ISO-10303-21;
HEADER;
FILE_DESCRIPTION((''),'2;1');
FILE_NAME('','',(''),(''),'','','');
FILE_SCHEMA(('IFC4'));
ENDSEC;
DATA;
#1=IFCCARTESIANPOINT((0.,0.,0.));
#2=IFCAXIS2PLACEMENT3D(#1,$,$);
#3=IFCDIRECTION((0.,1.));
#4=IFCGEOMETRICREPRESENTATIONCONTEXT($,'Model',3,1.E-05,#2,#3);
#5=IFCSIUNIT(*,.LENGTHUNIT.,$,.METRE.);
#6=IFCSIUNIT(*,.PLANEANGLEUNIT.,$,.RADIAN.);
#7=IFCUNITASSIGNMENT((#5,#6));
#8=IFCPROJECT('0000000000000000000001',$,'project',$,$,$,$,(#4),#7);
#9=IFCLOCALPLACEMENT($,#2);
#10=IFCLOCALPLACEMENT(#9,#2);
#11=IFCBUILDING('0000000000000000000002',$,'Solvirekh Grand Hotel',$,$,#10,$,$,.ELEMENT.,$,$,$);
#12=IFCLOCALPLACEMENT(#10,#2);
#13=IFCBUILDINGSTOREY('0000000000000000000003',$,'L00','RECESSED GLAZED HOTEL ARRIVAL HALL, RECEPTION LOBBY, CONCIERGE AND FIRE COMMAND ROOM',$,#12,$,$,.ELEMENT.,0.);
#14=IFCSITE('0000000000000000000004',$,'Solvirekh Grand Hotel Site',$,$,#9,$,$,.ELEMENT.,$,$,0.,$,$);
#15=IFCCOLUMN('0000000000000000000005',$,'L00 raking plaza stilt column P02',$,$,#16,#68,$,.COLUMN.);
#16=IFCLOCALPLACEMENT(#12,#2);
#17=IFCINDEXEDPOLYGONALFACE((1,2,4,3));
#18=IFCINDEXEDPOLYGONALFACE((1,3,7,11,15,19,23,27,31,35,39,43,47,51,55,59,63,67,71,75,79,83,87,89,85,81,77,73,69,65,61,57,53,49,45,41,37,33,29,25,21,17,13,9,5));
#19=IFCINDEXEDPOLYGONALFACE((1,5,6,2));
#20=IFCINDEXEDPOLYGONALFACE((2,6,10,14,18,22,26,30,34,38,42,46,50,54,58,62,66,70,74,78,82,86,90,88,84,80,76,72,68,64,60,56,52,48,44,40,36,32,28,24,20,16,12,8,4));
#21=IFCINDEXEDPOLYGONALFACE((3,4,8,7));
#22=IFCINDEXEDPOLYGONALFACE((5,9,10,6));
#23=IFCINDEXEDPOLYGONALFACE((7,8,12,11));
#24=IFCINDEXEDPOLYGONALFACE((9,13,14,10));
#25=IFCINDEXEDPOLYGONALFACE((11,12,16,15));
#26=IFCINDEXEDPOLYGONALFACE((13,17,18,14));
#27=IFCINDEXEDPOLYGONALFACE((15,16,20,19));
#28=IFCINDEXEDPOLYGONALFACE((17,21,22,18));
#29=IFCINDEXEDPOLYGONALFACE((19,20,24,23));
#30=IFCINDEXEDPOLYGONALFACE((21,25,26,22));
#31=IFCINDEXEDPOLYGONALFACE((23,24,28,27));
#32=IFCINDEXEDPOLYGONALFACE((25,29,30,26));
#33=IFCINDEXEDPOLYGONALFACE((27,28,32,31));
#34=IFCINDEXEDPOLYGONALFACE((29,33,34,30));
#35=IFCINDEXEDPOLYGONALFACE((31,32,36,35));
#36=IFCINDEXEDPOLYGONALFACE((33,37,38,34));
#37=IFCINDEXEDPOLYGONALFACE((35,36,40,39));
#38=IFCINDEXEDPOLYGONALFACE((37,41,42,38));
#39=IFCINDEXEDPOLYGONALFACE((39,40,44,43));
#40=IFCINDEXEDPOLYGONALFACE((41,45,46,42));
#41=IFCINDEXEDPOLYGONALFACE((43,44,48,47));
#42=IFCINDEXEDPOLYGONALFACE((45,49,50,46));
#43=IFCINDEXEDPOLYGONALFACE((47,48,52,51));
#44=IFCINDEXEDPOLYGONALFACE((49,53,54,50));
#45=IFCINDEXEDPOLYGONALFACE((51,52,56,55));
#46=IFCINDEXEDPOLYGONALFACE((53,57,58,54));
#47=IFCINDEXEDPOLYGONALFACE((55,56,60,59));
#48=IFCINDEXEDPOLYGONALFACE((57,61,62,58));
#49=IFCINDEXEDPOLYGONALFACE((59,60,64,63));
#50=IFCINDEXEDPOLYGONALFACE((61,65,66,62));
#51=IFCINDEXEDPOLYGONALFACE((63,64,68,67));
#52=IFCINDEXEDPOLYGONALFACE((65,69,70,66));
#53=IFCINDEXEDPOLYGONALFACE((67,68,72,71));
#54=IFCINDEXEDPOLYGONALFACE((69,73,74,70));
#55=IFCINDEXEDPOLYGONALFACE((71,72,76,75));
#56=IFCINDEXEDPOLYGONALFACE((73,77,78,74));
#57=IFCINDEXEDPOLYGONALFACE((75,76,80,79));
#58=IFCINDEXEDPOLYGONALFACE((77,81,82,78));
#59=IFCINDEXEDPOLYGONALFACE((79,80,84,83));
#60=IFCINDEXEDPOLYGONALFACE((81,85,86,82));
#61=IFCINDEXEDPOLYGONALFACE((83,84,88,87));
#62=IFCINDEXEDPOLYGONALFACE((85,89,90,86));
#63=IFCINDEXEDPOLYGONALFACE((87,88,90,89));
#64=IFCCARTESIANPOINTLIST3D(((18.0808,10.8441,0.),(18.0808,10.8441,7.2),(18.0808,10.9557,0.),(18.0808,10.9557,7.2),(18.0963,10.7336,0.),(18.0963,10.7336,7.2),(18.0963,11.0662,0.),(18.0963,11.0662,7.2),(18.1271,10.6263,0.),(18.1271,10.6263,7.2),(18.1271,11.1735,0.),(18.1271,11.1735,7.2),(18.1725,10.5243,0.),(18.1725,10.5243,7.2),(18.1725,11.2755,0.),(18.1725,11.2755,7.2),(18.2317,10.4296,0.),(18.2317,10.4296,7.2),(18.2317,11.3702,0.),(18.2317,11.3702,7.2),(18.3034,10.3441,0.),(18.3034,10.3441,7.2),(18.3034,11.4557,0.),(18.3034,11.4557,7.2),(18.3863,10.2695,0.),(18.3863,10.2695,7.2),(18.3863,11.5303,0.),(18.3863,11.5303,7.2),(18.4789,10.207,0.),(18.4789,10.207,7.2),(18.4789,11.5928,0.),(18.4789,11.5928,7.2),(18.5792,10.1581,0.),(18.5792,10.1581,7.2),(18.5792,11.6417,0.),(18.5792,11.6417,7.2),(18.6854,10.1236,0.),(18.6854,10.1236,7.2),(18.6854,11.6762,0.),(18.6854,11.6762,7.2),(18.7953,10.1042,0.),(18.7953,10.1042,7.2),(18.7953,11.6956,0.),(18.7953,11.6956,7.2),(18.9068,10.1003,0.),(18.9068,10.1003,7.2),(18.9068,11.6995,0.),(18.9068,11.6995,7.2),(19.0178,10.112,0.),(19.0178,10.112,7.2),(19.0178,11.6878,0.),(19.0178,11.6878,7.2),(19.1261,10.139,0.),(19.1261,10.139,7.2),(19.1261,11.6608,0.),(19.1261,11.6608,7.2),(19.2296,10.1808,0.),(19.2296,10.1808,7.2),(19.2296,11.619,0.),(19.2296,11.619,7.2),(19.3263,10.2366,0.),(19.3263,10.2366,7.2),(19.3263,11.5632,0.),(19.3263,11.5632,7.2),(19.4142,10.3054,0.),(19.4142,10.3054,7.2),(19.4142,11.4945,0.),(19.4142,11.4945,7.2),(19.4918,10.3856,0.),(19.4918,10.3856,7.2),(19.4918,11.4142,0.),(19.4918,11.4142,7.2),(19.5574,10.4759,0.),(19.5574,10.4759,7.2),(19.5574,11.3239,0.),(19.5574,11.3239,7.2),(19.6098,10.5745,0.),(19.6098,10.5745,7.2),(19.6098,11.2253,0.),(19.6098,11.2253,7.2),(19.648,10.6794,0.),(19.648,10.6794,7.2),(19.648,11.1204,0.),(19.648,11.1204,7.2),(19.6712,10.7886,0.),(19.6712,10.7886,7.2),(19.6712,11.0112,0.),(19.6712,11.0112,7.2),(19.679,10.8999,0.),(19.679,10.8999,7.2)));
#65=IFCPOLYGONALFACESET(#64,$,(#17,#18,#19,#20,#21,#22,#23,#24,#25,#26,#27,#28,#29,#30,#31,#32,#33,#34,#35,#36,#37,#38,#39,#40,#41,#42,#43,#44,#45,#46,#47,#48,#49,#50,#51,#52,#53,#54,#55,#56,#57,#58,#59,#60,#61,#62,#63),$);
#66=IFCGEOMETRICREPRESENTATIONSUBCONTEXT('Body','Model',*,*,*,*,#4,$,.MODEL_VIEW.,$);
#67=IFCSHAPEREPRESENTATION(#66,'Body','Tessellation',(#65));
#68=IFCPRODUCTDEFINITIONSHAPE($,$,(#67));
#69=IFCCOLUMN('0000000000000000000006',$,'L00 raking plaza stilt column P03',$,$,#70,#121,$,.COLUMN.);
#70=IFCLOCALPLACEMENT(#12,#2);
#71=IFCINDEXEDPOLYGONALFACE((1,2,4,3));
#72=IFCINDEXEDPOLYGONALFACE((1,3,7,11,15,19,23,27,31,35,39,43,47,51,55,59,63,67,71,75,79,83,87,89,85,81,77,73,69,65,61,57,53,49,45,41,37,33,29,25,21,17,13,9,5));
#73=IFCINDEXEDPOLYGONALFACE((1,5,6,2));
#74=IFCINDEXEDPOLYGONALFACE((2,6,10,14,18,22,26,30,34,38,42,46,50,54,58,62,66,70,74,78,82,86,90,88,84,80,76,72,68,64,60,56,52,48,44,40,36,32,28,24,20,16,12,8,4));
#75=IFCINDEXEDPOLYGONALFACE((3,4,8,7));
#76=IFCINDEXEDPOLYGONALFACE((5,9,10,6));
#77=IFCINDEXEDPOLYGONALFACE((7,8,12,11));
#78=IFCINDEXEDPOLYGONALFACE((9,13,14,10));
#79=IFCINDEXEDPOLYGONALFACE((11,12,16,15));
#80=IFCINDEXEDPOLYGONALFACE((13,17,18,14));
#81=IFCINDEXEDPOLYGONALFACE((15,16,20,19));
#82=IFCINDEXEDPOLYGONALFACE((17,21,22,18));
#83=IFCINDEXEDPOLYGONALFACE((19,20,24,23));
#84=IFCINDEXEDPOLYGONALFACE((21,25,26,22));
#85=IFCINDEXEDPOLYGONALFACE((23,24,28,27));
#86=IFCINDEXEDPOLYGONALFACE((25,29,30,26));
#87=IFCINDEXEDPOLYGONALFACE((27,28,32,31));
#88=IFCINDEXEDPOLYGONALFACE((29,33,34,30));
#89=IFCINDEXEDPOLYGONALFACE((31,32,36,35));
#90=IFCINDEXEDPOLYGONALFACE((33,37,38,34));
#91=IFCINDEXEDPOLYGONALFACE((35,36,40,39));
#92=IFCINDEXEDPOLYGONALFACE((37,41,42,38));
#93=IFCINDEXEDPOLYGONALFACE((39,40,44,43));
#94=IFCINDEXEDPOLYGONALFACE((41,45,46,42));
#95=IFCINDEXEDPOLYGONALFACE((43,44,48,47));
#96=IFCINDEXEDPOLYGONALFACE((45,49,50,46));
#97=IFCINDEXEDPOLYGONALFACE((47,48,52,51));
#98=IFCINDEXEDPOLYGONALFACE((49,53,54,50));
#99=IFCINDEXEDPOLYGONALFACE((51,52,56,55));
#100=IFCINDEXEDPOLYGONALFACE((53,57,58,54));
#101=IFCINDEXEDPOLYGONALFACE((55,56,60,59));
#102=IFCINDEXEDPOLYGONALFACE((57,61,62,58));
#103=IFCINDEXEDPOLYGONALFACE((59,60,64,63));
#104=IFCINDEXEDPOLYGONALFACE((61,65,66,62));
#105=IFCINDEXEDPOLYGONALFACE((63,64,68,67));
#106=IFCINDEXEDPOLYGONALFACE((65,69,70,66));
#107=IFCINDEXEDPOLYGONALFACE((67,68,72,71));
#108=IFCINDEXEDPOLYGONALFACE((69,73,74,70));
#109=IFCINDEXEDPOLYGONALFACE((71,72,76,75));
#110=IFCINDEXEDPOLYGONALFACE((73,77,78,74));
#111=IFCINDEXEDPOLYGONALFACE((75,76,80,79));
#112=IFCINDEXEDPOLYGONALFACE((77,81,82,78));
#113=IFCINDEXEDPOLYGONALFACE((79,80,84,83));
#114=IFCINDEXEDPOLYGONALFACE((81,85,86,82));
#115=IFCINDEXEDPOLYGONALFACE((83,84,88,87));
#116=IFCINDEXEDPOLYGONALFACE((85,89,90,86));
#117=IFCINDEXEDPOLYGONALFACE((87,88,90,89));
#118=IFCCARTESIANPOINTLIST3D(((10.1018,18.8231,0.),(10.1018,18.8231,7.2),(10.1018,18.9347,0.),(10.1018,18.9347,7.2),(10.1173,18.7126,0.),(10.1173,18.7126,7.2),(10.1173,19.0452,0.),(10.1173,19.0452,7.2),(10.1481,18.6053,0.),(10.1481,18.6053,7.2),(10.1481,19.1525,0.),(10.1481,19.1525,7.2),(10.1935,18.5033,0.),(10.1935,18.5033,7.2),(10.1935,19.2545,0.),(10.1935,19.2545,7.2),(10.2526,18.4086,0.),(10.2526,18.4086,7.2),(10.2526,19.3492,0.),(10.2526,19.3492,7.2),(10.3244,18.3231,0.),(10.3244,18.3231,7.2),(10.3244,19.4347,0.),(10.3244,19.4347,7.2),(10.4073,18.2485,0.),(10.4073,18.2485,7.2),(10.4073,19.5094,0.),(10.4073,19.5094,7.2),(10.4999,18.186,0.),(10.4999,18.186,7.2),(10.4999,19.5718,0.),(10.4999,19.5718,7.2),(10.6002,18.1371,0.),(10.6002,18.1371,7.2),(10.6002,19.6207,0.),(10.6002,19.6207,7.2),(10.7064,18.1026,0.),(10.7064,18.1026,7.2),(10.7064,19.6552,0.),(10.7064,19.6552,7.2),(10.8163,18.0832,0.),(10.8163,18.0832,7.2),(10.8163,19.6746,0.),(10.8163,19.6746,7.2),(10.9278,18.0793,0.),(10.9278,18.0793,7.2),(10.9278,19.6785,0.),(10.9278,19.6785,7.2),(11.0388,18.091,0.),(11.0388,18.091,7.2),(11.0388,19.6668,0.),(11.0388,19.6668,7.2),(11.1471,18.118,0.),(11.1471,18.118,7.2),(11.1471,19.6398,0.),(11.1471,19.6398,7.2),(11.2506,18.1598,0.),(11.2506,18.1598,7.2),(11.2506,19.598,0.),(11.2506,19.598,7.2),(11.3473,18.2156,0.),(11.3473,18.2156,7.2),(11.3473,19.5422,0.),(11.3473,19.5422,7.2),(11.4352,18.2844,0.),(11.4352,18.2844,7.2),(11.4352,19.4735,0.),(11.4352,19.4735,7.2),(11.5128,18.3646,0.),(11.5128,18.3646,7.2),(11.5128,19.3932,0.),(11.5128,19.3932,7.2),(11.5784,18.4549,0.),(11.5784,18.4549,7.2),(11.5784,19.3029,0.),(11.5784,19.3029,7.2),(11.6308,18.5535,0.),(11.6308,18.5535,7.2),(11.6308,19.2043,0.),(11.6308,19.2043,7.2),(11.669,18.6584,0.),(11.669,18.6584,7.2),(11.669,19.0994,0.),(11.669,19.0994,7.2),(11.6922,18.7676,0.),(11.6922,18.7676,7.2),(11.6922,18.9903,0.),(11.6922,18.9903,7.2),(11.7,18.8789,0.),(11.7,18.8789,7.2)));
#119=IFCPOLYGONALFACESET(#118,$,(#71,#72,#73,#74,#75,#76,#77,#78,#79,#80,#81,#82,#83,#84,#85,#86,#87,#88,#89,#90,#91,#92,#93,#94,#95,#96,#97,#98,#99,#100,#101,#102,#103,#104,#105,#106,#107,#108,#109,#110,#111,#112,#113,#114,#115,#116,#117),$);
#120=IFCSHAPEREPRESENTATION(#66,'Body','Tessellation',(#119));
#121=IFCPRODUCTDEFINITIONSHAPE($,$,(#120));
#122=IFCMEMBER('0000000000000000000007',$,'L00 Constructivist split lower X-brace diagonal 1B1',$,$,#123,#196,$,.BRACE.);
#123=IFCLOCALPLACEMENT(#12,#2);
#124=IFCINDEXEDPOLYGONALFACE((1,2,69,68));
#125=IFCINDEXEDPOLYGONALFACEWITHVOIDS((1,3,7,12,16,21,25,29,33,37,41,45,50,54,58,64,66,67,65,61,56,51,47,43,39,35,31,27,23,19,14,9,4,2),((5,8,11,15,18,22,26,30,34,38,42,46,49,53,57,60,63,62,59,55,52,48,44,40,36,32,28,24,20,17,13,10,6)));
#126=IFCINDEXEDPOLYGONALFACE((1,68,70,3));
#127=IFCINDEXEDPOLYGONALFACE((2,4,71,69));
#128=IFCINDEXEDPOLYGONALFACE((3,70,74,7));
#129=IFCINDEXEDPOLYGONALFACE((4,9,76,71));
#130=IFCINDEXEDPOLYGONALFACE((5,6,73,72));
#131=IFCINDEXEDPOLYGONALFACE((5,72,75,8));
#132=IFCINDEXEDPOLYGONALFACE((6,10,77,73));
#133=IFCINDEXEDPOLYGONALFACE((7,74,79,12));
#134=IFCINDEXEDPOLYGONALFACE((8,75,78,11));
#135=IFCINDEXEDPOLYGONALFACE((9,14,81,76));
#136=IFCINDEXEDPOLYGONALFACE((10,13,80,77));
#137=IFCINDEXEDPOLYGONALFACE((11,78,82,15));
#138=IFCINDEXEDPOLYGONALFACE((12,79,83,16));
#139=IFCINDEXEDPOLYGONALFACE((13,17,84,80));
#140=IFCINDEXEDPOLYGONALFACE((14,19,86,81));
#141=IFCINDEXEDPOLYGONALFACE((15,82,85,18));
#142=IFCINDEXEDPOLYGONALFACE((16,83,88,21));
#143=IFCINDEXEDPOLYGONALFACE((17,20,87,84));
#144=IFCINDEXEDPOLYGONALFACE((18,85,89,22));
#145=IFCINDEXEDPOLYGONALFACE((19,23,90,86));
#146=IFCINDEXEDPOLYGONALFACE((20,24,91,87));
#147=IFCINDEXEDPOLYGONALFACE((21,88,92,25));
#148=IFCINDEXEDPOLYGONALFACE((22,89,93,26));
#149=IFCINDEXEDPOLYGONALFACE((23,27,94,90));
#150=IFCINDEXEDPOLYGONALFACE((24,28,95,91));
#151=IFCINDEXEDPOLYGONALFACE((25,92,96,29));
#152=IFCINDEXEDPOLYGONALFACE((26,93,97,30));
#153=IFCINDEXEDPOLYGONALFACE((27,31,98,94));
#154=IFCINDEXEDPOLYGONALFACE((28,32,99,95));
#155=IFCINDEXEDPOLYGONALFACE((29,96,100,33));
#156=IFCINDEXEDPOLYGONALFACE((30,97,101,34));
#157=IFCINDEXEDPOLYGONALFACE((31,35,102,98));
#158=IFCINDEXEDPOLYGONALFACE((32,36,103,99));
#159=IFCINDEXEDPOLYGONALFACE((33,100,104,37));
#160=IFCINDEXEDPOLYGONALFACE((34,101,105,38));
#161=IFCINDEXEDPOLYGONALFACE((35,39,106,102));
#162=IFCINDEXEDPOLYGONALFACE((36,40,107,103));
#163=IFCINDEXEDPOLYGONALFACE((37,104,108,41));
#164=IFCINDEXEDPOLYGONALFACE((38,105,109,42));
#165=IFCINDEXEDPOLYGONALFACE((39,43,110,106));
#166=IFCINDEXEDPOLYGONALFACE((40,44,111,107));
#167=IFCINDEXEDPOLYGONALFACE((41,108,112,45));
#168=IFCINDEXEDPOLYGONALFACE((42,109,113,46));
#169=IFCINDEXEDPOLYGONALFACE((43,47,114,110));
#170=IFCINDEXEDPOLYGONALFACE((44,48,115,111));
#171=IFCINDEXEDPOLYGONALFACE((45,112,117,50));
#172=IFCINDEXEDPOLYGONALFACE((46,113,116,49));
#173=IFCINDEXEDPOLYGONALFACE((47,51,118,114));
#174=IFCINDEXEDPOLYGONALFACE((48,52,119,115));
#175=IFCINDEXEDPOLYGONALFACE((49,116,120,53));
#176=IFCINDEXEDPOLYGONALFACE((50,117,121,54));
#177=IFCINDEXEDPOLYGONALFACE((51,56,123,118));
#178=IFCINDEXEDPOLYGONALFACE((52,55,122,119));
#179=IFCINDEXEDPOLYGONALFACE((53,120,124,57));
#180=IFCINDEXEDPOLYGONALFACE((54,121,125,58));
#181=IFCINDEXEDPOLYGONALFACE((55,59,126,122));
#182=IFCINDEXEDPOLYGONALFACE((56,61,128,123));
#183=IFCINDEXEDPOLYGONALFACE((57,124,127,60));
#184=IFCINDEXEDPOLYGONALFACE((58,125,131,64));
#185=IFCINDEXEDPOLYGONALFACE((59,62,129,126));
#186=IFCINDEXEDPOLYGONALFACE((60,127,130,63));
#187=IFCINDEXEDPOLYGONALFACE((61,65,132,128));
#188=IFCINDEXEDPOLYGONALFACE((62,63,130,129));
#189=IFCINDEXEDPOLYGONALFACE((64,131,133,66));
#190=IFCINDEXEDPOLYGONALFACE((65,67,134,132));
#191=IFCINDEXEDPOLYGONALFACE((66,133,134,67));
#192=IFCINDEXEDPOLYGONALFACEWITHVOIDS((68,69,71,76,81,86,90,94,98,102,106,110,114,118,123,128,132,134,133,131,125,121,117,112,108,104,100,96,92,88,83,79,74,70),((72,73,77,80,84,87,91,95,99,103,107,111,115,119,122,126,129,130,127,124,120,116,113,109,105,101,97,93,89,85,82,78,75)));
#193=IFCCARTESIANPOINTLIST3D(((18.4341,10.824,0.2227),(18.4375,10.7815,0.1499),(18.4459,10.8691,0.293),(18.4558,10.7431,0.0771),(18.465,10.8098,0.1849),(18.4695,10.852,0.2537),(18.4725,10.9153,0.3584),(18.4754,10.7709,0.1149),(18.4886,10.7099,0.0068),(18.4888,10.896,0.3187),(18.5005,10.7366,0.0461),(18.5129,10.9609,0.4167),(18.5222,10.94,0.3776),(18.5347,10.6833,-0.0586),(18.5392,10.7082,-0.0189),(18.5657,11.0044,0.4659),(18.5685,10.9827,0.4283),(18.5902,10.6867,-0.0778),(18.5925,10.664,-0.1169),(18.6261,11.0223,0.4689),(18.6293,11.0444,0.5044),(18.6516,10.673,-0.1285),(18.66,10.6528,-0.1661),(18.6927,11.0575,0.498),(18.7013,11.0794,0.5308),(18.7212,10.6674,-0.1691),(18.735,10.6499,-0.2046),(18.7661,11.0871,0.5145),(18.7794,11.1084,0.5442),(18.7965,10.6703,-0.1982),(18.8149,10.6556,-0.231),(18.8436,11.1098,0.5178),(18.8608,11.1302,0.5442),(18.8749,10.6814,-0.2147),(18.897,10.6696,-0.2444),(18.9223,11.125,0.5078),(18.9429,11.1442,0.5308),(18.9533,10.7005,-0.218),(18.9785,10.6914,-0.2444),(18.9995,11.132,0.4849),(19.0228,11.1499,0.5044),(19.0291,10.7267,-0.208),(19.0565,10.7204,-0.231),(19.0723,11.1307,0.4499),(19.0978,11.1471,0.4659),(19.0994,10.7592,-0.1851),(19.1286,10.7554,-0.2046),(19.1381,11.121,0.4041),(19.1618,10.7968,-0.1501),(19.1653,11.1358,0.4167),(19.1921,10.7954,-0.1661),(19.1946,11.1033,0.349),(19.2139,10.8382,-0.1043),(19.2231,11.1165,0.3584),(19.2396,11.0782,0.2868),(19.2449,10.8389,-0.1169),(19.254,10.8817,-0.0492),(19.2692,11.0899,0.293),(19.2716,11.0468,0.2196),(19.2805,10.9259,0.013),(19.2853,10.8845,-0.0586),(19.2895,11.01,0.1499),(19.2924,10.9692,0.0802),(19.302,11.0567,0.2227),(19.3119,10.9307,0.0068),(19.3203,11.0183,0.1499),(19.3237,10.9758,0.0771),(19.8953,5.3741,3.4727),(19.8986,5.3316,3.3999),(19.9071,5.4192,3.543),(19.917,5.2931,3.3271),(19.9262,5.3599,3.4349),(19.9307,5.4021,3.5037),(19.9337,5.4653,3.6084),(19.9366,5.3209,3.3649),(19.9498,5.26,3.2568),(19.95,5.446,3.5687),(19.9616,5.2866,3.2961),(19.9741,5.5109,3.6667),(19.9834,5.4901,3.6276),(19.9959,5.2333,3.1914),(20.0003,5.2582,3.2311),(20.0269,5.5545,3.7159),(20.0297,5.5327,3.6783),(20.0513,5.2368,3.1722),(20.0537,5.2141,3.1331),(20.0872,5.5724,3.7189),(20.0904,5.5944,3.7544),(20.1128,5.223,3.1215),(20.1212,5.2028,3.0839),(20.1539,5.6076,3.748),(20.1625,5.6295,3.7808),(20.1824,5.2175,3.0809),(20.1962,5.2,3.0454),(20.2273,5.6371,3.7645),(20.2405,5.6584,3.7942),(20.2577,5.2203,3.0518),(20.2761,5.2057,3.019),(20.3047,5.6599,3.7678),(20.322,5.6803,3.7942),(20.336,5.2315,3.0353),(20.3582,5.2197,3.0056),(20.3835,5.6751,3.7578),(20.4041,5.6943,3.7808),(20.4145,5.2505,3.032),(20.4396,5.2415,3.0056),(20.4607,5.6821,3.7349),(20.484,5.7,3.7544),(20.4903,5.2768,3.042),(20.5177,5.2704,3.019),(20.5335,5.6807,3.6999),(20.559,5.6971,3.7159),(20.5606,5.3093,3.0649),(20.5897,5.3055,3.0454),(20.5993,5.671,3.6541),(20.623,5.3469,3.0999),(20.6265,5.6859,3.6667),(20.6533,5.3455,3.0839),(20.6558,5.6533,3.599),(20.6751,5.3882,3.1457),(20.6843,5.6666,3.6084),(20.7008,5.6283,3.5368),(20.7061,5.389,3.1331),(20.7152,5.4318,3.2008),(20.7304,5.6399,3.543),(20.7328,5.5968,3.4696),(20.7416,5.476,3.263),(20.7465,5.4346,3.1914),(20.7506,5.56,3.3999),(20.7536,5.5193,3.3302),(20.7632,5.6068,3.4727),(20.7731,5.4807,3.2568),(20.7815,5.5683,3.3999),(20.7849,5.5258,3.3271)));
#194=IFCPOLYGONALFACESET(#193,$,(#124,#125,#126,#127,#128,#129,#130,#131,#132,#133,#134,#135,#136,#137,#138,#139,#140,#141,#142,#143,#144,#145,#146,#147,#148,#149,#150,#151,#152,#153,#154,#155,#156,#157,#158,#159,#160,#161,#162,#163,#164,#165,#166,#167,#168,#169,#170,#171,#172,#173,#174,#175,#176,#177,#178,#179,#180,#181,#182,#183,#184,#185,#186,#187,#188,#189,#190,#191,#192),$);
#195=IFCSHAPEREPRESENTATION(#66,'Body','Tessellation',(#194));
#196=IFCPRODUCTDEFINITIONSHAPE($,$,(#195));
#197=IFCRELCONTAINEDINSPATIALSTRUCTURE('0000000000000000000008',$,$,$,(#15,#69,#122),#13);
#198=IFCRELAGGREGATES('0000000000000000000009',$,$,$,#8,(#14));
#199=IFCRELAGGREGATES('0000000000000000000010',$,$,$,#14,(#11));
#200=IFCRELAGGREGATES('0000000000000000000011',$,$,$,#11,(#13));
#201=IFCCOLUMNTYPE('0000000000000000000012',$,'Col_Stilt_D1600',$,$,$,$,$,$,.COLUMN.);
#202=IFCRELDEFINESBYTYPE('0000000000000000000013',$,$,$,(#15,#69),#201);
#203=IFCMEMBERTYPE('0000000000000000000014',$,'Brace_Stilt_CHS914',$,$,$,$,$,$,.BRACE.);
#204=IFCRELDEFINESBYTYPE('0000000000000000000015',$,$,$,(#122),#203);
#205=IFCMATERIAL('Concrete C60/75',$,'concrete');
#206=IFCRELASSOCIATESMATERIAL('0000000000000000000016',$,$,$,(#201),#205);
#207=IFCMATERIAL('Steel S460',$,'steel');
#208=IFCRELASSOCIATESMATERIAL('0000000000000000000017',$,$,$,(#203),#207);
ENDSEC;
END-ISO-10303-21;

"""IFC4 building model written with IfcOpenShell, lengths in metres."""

from ifc_helpers import new_model, si_unit, direction, frame, origin, origin_2d, place, context, subcontext, project, spatial, circle, hollow_circle, extrude, material, material_profile, profile_set, type_object, element, save


model = new_model("IFC4")

# Units and contexts
model_context = context("Model", 3, precision=1e-05, world=origin(), true_north=direction((0.0, 1.0)))
body_context = subcontext(model_context, "Body", "Model", "MODEL_VIEW")
ifc_project = project(units=[si_unit("LENGTHUNIT", "METRE"), si_unit("PLANEANGLEUNIT", "RADIAN")], contexts=[model_context])

# Site, building, storey
site_placement = place(None, origin())
site = spatial("IfcSite", under=ifc_project, at=site_placement, Name="Solvirekh Grand Hotel Site", CompositionType="ELEMENT", RefElevation=0.0)
building_placement = place(site_placement, origin())
building = spatial("IfcBuilding", under=site, at=building_placement, Name="Solvirekh Grand Hotel", CompositionType="ELEMENT")
storey_placement = place(building_placement, origin())
storey = spatial("IfcBuildingStorey", under=building, at=storey_placement, Name="L00", Description="RECESSED GLAZED HOTEL ARRIVAL HALL, RECEPTION LOBBY, CONCIERGE AND FIRE COMMAND ROOM", CompositionType="ELEMENT", Elevation=0.0)

# Columns
ifc_material_1 = material(Name="Concrete C60/75", Category="concrete")
ifc_material_profile_1 = material_profile(ifc_material_1, circle(Radius=0.8, at=origin_2d()), Name="RC CIRC D1600")
ifc_profile_set_1 = profile_set([ifc_material_profile_1], Name="Concrete C60/75")
column_type = type_object("IfcColumnType", Name="Col_Stilt_D1600", PredefinedType="COLUMN", material=ifc_profile_set_1)
for number, where, z_axis, x_axis, name in (
    (1, (18.8789, 10.8999, 0.0), (0.0, 0.0, 1.0), (1.0, 0.0, 0.0), "L00 raking plaza stilt column P02"),
    (2, (10.8999, 18.8789, 0.0), (0.0, 0.0, 1.0), (1.0, 0.0, 0.0), "L00 raking plaza stilt column P03"),
):
    element("IfcColumn", number, at=place(storey_placement, frame(where, z_axis=z_axis, x_axis=x_axis)), inside=storey, type_object=column_type, Name=name, PredefinedType="COLUMN", context=body_context, shape_type="SweptSolid", body=[
        extrude(circle(Radius=0.8, at=origin_2d()), origin(), (0.0, 0.0, 1.0), 7.2),
    ])

# Member
ifc_material_2 = material(Name="Steel S460", Category="steel")
ifc_material_profile_2 = material_profile(ifc_material_2, hollow_circle(Radius=0.457, WallThickness=0.032, at=origin_2d()), Name="CHS 914X32")
ifc_profile_set_2 = profile_set([ifc_material_profile_2], Name="Steel S460")
member_type = type_object("IfcMemberType", Name="Brace_Stilt_CHS914", PredefinedType="BRACE", material=ifc_profile_set_2)
member_1_placement = place(storey_placement, frame((18.8789, 10.8999, 0.1499), z_axis=(0.2244, -0.836974, 0.499118), x_axis=(0.965887, 0.258963, 0.0)))
element("IfcMember", 3, at=member_1_placement, inside=storey, type_object=member_type, Name="L00 Constructivist split lower X-brace diagonal 1B1", PredefinedType="BRACE", context=body_context, shape_type="SweptSolid", body=[
    extrude(hollow_circle(Radius=0.457, WallThickness=0.032, at=origin_2d()), origin(), (0.0, 0.0, 1.0), 6.5115),
])

save(model, "model.ifc")
